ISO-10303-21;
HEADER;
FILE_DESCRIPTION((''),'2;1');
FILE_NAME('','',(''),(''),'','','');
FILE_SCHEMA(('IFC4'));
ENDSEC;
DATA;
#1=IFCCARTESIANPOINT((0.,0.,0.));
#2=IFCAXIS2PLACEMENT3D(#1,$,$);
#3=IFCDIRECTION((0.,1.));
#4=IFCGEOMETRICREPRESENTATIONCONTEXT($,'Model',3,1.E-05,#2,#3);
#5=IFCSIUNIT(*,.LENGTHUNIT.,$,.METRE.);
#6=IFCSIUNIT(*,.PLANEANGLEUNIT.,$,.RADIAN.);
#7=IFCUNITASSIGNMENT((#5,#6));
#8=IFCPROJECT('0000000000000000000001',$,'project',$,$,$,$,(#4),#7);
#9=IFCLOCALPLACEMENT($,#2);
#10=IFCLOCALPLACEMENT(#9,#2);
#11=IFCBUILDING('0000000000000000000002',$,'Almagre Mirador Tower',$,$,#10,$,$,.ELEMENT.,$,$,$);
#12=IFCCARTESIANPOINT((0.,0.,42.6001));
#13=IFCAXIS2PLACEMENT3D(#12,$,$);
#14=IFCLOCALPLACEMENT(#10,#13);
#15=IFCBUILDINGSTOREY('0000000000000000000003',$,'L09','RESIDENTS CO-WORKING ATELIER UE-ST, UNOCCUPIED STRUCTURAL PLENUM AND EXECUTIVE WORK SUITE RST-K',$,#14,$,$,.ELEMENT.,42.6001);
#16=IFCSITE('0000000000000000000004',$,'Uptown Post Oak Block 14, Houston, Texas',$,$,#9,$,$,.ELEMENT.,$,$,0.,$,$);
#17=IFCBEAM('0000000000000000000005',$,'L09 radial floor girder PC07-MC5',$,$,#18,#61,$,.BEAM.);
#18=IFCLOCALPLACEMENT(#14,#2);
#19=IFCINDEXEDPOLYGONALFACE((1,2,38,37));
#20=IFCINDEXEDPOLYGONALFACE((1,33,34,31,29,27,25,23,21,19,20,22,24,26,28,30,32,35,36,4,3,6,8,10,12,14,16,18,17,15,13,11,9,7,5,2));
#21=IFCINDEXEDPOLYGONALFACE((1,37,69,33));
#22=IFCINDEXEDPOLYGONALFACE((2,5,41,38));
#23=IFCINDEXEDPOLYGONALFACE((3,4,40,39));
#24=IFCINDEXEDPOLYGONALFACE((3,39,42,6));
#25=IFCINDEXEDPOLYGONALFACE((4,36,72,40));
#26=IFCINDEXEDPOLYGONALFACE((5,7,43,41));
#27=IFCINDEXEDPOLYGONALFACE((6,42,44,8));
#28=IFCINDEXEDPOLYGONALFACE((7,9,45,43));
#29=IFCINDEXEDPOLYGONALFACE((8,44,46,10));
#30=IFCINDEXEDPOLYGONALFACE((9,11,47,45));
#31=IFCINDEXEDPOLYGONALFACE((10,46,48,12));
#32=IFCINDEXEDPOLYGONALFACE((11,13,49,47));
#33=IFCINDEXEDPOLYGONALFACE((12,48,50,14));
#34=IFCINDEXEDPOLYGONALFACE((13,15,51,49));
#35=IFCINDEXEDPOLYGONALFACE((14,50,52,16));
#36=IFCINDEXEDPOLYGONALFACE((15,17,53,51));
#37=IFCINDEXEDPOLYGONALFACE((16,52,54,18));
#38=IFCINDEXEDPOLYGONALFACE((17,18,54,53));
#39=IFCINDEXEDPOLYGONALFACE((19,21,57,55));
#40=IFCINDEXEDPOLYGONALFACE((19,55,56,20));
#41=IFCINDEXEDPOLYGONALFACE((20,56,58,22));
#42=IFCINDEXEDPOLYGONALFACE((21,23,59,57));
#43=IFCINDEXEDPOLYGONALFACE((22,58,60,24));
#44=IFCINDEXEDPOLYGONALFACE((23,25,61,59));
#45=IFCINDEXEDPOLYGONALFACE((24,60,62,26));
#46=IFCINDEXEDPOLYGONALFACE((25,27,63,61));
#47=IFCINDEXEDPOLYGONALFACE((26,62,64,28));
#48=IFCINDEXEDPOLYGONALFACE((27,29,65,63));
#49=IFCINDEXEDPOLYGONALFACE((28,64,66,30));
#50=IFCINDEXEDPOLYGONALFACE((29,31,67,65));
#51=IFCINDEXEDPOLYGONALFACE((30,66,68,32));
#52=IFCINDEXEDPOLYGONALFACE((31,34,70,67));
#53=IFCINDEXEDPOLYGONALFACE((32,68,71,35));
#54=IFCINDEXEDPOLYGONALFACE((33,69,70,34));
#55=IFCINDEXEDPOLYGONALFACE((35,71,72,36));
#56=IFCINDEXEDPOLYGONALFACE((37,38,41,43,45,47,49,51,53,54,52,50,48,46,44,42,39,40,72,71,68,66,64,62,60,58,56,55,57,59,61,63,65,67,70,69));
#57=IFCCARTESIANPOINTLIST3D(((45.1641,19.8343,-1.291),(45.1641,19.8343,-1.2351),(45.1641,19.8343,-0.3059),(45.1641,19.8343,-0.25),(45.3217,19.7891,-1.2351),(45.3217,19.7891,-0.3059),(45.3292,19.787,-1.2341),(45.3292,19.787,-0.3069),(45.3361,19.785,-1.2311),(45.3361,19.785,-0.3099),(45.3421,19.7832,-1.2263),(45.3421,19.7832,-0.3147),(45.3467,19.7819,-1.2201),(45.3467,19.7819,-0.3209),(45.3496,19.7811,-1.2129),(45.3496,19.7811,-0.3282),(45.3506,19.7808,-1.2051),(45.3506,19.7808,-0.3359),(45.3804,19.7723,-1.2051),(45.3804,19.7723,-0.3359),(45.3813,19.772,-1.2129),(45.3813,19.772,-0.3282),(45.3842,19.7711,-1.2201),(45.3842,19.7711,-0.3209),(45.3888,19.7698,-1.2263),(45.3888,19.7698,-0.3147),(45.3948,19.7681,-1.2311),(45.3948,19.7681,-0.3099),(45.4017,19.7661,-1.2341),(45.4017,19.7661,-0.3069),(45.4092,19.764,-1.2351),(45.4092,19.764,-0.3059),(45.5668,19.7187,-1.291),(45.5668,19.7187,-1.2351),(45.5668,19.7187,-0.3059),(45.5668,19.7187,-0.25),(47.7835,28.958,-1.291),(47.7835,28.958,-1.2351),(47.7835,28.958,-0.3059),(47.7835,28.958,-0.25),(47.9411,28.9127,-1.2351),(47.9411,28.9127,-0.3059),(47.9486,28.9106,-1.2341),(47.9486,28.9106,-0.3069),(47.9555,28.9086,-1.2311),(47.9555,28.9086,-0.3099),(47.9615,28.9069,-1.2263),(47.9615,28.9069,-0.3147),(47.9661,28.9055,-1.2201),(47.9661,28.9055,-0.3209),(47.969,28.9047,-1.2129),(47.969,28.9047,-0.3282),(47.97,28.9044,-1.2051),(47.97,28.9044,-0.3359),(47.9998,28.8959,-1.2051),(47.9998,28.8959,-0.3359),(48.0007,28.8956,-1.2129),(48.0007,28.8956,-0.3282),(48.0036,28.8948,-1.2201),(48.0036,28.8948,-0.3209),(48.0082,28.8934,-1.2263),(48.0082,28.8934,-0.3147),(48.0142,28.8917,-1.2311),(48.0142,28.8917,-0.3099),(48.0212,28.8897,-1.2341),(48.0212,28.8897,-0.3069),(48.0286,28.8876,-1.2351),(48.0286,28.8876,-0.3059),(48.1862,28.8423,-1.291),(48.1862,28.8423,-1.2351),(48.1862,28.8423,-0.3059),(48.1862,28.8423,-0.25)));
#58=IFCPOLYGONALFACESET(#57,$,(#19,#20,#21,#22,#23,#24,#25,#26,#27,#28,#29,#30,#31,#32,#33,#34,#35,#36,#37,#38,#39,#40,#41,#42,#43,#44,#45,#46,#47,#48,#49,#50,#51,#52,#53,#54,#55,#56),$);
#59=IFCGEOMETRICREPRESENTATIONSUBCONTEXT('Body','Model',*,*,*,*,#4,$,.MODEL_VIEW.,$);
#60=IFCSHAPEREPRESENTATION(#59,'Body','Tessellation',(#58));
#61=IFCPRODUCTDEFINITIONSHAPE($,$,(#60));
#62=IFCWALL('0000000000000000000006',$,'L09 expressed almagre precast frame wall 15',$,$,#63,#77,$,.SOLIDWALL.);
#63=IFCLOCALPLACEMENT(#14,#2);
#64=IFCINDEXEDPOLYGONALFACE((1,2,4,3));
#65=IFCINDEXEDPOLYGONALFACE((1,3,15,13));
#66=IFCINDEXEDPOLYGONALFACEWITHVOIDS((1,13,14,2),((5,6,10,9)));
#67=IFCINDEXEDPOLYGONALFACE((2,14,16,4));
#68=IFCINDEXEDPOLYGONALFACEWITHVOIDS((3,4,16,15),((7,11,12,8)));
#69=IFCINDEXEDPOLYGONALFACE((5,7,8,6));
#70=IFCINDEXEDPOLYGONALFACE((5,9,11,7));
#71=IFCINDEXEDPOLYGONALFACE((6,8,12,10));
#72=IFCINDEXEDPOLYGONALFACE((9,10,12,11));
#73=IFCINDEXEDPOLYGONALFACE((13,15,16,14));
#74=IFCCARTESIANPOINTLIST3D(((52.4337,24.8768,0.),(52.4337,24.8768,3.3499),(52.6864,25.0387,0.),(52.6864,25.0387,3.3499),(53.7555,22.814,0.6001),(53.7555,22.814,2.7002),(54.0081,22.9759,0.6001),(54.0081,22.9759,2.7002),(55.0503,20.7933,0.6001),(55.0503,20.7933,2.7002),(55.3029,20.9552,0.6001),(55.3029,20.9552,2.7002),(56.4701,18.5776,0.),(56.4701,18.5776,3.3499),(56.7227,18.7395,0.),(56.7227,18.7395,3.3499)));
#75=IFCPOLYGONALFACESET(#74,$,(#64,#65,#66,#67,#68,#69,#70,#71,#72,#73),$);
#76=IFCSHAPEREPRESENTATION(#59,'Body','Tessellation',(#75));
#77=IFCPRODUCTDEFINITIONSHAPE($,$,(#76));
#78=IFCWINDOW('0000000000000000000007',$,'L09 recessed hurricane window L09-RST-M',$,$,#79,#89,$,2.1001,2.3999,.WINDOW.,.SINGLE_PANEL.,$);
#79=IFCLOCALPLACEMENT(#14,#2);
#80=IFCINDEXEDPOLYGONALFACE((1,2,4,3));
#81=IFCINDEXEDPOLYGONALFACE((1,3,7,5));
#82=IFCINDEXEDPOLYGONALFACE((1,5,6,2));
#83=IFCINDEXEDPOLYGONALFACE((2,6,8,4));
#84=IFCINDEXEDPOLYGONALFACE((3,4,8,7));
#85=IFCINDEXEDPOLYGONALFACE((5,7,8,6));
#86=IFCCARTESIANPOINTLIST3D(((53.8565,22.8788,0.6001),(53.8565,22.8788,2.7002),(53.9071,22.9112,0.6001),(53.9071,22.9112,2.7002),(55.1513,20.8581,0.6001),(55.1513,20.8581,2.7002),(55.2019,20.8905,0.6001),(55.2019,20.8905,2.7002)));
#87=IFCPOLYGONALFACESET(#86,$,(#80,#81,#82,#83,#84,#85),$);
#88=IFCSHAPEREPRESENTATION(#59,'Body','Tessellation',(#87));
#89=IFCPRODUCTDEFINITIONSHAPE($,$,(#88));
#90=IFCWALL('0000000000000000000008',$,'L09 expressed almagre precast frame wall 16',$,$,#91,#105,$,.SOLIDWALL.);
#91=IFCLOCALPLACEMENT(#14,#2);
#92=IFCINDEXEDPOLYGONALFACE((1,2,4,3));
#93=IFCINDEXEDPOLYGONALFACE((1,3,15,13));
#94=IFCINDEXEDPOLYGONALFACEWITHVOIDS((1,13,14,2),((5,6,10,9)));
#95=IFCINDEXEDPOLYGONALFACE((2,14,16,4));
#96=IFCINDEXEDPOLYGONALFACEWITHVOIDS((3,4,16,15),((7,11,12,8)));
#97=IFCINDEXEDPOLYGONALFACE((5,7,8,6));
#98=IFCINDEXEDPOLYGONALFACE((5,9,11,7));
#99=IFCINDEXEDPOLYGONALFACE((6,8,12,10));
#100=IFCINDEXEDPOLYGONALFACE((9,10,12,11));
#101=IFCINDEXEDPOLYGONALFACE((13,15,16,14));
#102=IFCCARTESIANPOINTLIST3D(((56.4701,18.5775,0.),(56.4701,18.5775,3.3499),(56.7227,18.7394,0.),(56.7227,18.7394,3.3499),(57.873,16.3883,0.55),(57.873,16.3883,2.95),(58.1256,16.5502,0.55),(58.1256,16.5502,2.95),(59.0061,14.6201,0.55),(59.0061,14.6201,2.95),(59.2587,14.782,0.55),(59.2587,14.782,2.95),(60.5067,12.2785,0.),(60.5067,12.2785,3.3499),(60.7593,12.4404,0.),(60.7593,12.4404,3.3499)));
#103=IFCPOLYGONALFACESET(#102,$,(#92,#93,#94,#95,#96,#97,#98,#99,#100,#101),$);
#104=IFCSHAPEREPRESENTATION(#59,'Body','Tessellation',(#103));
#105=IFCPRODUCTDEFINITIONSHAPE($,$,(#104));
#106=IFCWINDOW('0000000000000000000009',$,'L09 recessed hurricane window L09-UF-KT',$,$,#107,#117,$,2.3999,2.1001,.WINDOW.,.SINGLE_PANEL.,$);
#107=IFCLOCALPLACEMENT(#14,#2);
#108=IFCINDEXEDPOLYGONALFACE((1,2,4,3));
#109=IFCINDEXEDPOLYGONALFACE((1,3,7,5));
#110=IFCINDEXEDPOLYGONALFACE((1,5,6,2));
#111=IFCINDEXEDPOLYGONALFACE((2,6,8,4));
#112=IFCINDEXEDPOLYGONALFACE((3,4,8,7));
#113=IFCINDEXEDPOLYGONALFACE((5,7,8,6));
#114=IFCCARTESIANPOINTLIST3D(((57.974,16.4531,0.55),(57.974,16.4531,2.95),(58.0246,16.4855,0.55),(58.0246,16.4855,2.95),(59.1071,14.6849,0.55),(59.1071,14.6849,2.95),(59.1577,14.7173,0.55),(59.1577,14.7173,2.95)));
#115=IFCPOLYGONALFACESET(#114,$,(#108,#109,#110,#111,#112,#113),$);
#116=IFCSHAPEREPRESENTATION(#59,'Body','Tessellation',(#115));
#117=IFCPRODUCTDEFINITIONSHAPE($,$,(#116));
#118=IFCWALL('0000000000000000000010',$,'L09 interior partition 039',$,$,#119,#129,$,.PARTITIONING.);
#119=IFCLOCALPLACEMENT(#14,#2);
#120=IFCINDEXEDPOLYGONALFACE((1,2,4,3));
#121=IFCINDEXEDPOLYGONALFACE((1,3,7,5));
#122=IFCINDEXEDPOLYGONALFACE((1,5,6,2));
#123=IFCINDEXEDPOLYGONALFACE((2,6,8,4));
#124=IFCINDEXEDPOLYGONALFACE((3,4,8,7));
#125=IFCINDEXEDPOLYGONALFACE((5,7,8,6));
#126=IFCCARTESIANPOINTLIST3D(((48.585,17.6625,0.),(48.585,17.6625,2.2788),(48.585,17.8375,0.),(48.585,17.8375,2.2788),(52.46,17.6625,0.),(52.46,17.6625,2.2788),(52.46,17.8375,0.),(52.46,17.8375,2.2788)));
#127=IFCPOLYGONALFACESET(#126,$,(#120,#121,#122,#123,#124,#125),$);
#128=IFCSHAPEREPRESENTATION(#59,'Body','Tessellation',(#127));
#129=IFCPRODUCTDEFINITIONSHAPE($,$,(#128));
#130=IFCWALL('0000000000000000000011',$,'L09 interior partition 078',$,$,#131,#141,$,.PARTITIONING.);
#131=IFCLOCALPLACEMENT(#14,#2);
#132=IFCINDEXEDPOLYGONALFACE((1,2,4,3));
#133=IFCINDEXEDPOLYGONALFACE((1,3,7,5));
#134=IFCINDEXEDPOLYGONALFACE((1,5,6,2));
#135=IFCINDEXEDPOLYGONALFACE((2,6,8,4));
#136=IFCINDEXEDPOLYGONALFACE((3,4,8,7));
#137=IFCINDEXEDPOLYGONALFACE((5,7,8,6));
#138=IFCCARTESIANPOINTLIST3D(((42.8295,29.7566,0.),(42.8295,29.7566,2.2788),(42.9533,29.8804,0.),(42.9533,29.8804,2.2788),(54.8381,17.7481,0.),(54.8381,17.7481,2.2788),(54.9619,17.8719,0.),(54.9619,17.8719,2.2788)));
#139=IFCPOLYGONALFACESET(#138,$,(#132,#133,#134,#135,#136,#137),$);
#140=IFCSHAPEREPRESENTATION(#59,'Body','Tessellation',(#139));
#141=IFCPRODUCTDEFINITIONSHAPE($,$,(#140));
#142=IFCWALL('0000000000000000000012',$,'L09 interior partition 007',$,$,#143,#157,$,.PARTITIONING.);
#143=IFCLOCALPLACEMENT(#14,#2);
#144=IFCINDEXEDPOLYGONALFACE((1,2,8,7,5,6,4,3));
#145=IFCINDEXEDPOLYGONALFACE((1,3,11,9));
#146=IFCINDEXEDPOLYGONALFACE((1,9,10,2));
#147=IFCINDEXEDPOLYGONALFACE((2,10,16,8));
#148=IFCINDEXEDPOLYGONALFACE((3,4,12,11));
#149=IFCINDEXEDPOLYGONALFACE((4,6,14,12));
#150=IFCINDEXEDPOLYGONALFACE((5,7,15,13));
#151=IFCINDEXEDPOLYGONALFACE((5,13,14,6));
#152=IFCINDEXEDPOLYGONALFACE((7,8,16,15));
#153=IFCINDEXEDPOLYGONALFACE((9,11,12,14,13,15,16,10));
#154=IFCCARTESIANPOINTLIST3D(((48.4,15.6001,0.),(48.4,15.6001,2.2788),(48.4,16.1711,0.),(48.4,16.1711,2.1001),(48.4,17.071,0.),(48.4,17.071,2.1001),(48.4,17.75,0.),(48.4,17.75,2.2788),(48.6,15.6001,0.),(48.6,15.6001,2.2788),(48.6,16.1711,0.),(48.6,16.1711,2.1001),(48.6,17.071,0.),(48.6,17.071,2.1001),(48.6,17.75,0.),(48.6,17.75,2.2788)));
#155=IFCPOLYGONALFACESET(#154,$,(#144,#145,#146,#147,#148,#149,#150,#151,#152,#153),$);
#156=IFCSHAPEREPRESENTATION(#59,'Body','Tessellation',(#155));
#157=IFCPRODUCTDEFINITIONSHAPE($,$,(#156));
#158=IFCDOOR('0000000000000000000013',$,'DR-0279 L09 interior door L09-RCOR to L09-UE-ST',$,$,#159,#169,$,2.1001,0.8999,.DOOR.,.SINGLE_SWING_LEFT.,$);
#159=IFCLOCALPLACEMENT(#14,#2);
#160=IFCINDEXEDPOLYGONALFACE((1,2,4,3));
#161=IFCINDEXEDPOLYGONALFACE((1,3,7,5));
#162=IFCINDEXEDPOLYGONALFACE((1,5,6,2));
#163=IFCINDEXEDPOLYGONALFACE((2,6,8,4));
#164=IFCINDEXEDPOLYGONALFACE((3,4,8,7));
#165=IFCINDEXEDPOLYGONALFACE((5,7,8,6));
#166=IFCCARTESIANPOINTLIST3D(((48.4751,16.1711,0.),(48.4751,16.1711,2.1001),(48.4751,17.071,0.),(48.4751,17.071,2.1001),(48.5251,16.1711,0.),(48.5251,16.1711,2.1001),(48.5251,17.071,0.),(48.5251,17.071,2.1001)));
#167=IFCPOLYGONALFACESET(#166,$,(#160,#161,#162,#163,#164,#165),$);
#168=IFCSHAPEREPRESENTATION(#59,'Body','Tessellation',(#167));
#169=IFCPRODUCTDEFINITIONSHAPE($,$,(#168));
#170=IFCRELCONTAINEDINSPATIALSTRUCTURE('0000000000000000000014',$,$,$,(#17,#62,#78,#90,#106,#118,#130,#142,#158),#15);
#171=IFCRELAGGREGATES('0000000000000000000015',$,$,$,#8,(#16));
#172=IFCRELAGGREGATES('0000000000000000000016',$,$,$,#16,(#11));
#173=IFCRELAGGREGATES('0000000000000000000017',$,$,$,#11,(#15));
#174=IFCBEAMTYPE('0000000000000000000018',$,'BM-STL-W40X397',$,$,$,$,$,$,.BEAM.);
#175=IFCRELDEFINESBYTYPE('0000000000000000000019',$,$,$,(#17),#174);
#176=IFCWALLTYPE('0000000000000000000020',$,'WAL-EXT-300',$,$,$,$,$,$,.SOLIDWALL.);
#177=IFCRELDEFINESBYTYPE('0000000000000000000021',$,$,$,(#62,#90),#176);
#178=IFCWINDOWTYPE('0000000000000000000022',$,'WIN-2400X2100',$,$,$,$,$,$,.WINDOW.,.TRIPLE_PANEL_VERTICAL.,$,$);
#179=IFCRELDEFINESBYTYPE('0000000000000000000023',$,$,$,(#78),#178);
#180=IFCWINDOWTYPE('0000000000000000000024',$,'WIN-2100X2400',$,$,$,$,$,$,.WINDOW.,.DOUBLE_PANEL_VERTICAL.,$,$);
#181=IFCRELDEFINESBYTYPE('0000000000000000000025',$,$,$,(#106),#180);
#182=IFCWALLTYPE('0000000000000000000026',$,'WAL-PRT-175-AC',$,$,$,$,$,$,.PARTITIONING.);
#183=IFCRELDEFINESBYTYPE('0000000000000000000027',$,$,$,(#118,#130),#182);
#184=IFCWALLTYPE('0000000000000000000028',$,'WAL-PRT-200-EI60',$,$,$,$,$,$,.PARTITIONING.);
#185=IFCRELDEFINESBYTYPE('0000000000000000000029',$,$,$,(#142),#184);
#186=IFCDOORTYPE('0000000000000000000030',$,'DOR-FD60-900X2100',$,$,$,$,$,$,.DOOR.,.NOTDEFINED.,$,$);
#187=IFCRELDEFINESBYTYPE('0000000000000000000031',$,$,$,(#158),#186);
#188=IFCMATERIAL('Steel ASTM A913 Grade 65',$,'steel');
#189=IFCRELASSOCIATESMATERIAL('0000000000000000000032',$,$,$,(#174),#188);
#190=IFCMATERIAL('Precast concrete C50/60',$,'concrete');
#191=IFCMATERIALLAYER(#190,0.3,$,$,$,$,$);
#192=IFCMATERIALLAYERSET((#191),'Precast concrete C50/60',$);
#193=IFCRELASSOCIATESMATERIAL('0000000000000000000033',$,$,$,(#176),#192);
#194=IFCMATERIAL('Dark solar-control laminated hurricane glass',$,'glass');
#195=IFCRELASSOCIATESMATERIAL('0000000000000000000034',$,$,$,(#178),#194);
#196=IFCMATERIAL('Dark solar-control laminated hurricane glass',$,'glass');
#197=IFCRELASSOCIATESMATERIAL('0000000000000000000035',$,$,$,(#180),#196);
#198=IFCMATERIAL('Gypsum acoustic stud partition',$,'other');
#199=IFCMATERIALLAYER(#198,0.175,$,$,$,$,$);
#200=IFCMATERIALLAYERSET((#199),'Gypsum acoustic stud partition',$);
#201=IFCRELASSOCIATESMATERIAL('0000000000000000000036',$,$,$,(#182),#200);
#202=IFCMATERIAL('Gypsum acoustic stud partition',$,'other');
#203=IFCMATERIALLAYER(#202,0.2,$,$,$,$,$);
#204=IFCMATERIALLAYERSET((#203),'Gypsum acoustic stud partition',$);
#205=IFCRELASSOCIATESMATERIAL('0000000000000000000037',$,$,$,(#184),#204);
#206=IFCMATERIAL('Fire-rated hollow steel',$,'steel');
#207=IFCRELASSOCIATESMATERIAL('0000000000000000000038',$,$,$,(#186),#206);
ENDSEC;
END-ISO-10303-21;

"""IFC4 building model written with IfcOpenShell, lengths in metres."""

from ifc_helpers import new_model, si_unit, direction, frame, frame_2d, origin, origin_2d, place, context, subcontext, project, spatial, rectangle, i_section, extrude, material, layer, layer_set, material_profile, profile_set, type_object, element, fill, save


model = new_model("IFC4")

# Units and contexts
model_context = context("Model", 3, precision=1e-05, world=origin(), true_north=direction((0.0, 1.0)))
body_context = subcontext(model_context, "Body", "Model", "MODEL_VIEW")
ifc_project = project(units=[si_unit("LENGTHUNIT", "METRE"), si_unit("PLANEANGLEUNIT", "RADIAN")], contexts=[model_context])

# Site, building, storey
site_placement = place(None, origin())
site = spatial("IfcSite", under=ifc_project, at=site_placement, Name="Uptown Post Oak Block 14, Houston, Texas", CompositionType="ELEMENT", RefElevation=0.0)
building_placement = place(site_placement, origin())
building = spatial("IfcBuilding", under=site, at=building_placement, Name="Almagre Mirador Tower", CompositionType="ELEMENT")
storey_placement = place(building_placement, frame((0.0, 0.0, 42.6001)))
storey = spatial("IfcBuildingStorey", under=building, at=storey_placement, Name="L09", Description="RESIDENTS CO-WORKING ATELIER UE-ST, UNOCCUPIED STRUCTURAL PLENUM AND EXECUTIVE WORK SUITE RST-K", CompositionType="ELEMENT", Elevation=42.6001)

# Beam
ifc_material_1 = material(Name="Steel ASTM A913 Grade 65", Category="steel")
ifc_material_profile_1 = material_profile(ifc_material_1, i_section(OverallWidth=0.4189, OverallDepth=1.041, WebThickness=0.031, FlangeThickness=0.0559, FilletRadius=0.03, at=origin_2d()), Name="W40X397")
ifc_profile_set_1 = profile_set([ifc_material_profile_1], Name="Steel ASTM A913 Grade 65")
beam_type_1 = type_object("IfcBeamType", Name="BM-STL-W40X397", PredefinedType="BEAM", material=ifc_profile_set_1)
beam_1_placement = place(storey_placement, frame((47.9849, 28.9001, -0.7705), z_axis=(-0.275954, -0.961171, 0.0), x_axis=(0.961171, -0.275954, 0.0)))
element("IfcBeam", 1, at=beam_1_placement, inside=storey, type_object=beam_type_1, Name="L09 radial floor girder PC07-MC5", PredefinedType="BEAM", context=body_context, shape_type="SweptSolid", body=[
    extrude(i_section(OverallWidth=0.4189, OverallDepth=1.041, WebThickness=0.031, FlangeThickness=0.0559, FilletRadius=0.03, at=origin_2d()), origin(), (0.0, 0.0, 1.0), 9.4922),
])

# Walls, openings, windows
ifc_material_2 = material(Name="Precast concrete C50/60", Category="concrete")
ifc_layer_1 = layer(ifc_material_2, 0.3)
ifc_layer_set_1 = layer_set([ifc_layer_1], Name="Precast concrete C50/60")
wall_type_1 = type_object("IfcWallType", Name="WAL-EXT-300", PredefinedType="SOLIDWALL", material=ifc_layer_set_1)
wall_1_placement = place(storey_placement, frame((52.5601, 24.9578, 0.0), z_axis=(0.0, 0.0, 1.0), x_axis=(0.53951, -0.841979, 0.0)))
wall_1 = element("IfcWall", 2, at=wall_1_placement, inside=storey, type_object=wall_type_1, Name="L09 expressed almagre precast frame wall 15", PredefinedType="SOLIDWALL", context=body_context, shape_type="SweptSolid", body=[
    extrude(rectangle(XDim=7.4814, YDim=0.3, at=frame_2d((3.7407, 0.0))), origin(), (0.0, 0.0, 1.0), 3.3499),
])
opening_1_placement = place(wall_1_placement, frame((2.45, 0.0, 0.6001)))
opening_1 = element("IfcOpeningElement", 3, at=opening_1_placement, cuts=wall_1, PredefinedType="OPENING", context=body_context, shape_type="SweptSolid", body=[
    extrude(rectangle(XDim=2.3999, YDim=2.1001, at=frame_2d((1.2, 1.05))), frame((0.0, 0.1599, 0.0), z_axis=(0.0, -1.0, 0.0), x_axis=(1.0, 0.0, 0.0)), (0.0, 0.0, 1.0), 0.32),
])
ifc_material_3 = material(Name="Dark solar-control laminated hurricane glass", Category="glass")
window_type_1 = type_object("IfcWindowType", Name="WIN-2400X2100", PartitioningType="TRIPLE_PANEL_VERTICAL", PredefinedType="WINDOW", material=ifc_material_3)
window_1_placement = place(opening_1_placement, origin())
window_1 = element("IfcWindow", 4, at=window_1_placement, inside=storey, type_object=window_type_1, Name="L09 recessed hurricane window L09-RST-M", OverallHeight=2.1001, OverallWidth=2.3999, PartitioningType="SINGLE_PANEL", PredefinedType="WINDOW", context=body_context, shape_type="SweptSolid", body=[
    extrude(rectangle(XDim=2.3999, YDim=2.1001, at=frame_2d((1.2, 1.05))), frame((0.0, 0.03, 0.0), z_axis=(0.0, -1.0, 0.0), x_axis=(1.0, 0.0, 0.0)), (0.0, 0.0, 1.0), 0.0601),
])
fill(opening_1, window_1)
wall_2_placement = place(storey_placement, frame((56.5964, 18.6584, 0.0), z_axis=(0.0, 0.0, 1.0), x_axis=(0.539548, -0.841955, 0.0)))
wall_2 = element("IfcWall", 5, at=wall_2_placement, inside=storey, type_object=wall_type_1, Name="L09 expressed almagre precast frame wall 16", PredefinedType="SOLIDWALL", context=body_context, shape_type="SweptSolid", body=[
    extrude(rectangle(XDim=7.4814, YDim=0.3, at=frame_2d((3.7407, 0.0))), origin(), (0.0, 0.0, 1.0), 3.3499),
])
opening_2_placement = place(wall_2_placement, frame((2.6001, 0.0, 0.55)))
opening_2 = element("IfcOpeningElement", 6, at=opening_2_placement, cuts=wall_2, PredefinedType="OPENING", context=body_context, shape_type="SweptSolid", body=[
    extrude(rectangle(XDim=2.1001, YDim=2.3999, at=frame_2d((1.05, 1.2))), frame((0.0, 0.1599, 0.0), z_axis=(0.0, -1.0, 0.0), x_axis=(1.0, 0.0, 0.0)), (0.0, 0.0, 1.0), 0.32),
])
ifc_material_4 = material(Name="Dark solar-control laminated hurricane glass", Category="glass")
window_type_2 = type_object("IfcWindowType", Name="WIN-2100X2400", PartitioningType="DOUBLE_PANEL_VERTICAL", PredefinedType="WINDOW", material=ifc_material_4)
window_2_placement = place(opening_2_placement, origin())
window_2 = element("IfcWindow", 7, at=window_2_placement, inside=storey, type_object=window_type_2, Name="L09 recessed hurricane window L09-UF-KT", OverallHeight=2.3999, OverallWidth=2.1001, PartitioningType="SINGLE_PANEL", PredefinedType="WINDOW", context=body_context, shape_type="SweptSolid", body=[
    extrude(rectangle(XDim=2.1001, YDim=2.3999, at=frame_2d((1.05, 1.2))), frame((0.0, 0.03, 0.0), z_axis=(0.0, -1.0, 0.0), x_axis=(1.0, 0.0, 0.0)), (0.0, 0.0, 1.0), 0.0601),
])
fill(opening_2, window_2)

# Walls
ifc_material_5 = material(Name="Gypsum acoustic stud partition", Category="other")
ifc_layer_2 = layer(ifc_material_5, 0.175)
ifc_layer_set_2 = layer_set([ifc_layer_2], Name="Gypsum acoustic stud partition")
wall_type_2 = type_object("IfcWallType", Name="WAL-PRT-175-AC", PredefinedType="PARTITIONING", material=ifc_layer_set_2)
wall_3_placement = place(storey_placement, frame((52.46, 17.75, 0.0), z_axis=(0.0, 0.0, 1.0), x_axis=(-1.0, 0.0, 0.0)))
element("IfcWall", 8, at=wall_3_placement, inside=storey, type_object=wall_type_2, Name="L09 interior partition 039", PredefinedType="PARTITIONING", context=body_context, shape_type="SweptSolid", body=[
    extrude(rectangle(XDim=3.875, YDim=0.175, at=frame_2d((1.9375, 0.0))), origin(), (0.0, 0.0, 1.0), 2.2788),
])
wall_4_placement = place(storey_placement, frame((54.8999, 17.8101, 0.0), z_axis=(0.0, 0.0, 1.0), x_axis=(-0.707107, 0.707107, 0.0)))
element("IfcWall", 9, at=wall_4_placement, inside=storey, type_object=wall_type_2, Name="L09 interior partition 078", PredefinedType="PARTITIONING", context=body_context, shape_type="SweptSolid", body=[
    extrude(rectangle(XDim=16.9827, YDim=0.175, at=frame_2d((8.4912, 0.0))), origin(), (0.0, 0.0, 1.0), 2.2788),
])

# Wall, opening, door
ifc_material_6 = material(Name="Gypsum acoustic stud partition", Category="other")
ifc_layer_3 = layer(ifc_material_6, 0.2)
ifc_layer_set_3 = layer_set([ifc_layer_3], Name="Gypsum acoustic stud partition")
wall_type_3 = type_object("IfcWallType", Name="WAL-PRT-200-EI60", PredefinedType="PARTITIONING", material=ifc_layer_set_3)
wall_5_placement = place(storey_placement, frame((48.5, 15.6001, 0.0), z_axis=(0.0, 0.0, 1.0), x_axis=(0.0, 1.0, 0.0)))
wall_5 = element("IfcWall", 10, at=wall_5_placement, inside=storey, type_object=wall_type_3, Name="L09 interior partition 007", PredefinedType="PARTITIONING", context=body_context, shape_type="SweptSolid", body=[
    extrude(rectangle(XDim=2.1499, YDim=0.2, at=frame_2d((1.075, 0.0))), origin(), (0.0, 0.0, 1.0), 2.2788),
])
opening_3_placement = place(wall_5_placement, frame((0.571, 0.0, 0.0)))
opening_3 = element("IfcOpeningElement", 11, at=opening_3_placement, cuts=wall_5, PredefinedType="OPENING", context=body_context, shape_type="SweptSolid", body=[
    extrude(rectangle(XDim=0.8999, YDim=2.1001, at=frame_2d((0.45, 1.05))), frame((0.0, 0.1101, 0.0), z_axis=(0.0, -1.0, 0.0), x_axis=(1.0, 0.0, 0.0)), (0.0, 0.0, 1.0), 0.22),
])
ifc_material_7 = material(Name="Fire-rated hollow steel", Category="steel")
door_type = type_object("IfcDoorType", Name="DOR-FD60-900X2100", OperationType="NOTDEFINED", PredefinedType="DOOR", material=ifc_material_7)
door_1_placement = place(opening_3_placement, origin())
door_1 = element("IfcDoor", 12, at=door_1_placement, inside=storey, type_object=door_type, Name="DR-0279 L09 interior door L09-RCOR to L09-UE-ST", OperationType="SINGLE_SWING_LEFT", OverallHeight=2.1001, OverallWidth=0.8999, PredefinedType="DOOR", context=body_context, shape_type="SweptSolid", body=[
    extrude(rectangle(XDim=0.8999, YDim=2.1001, at=frame_2d((0.45, 1.05))), frame((0.0, 0.0249, 0.0), z_axis=(0.0, -1.0, 0.0), x_axis=(1.0, 0.0, 0.0)), (0.0, 0.0, 1.0), 0.05),
])
fill(opening_3, door_1)

save(model, "model.ifc")
